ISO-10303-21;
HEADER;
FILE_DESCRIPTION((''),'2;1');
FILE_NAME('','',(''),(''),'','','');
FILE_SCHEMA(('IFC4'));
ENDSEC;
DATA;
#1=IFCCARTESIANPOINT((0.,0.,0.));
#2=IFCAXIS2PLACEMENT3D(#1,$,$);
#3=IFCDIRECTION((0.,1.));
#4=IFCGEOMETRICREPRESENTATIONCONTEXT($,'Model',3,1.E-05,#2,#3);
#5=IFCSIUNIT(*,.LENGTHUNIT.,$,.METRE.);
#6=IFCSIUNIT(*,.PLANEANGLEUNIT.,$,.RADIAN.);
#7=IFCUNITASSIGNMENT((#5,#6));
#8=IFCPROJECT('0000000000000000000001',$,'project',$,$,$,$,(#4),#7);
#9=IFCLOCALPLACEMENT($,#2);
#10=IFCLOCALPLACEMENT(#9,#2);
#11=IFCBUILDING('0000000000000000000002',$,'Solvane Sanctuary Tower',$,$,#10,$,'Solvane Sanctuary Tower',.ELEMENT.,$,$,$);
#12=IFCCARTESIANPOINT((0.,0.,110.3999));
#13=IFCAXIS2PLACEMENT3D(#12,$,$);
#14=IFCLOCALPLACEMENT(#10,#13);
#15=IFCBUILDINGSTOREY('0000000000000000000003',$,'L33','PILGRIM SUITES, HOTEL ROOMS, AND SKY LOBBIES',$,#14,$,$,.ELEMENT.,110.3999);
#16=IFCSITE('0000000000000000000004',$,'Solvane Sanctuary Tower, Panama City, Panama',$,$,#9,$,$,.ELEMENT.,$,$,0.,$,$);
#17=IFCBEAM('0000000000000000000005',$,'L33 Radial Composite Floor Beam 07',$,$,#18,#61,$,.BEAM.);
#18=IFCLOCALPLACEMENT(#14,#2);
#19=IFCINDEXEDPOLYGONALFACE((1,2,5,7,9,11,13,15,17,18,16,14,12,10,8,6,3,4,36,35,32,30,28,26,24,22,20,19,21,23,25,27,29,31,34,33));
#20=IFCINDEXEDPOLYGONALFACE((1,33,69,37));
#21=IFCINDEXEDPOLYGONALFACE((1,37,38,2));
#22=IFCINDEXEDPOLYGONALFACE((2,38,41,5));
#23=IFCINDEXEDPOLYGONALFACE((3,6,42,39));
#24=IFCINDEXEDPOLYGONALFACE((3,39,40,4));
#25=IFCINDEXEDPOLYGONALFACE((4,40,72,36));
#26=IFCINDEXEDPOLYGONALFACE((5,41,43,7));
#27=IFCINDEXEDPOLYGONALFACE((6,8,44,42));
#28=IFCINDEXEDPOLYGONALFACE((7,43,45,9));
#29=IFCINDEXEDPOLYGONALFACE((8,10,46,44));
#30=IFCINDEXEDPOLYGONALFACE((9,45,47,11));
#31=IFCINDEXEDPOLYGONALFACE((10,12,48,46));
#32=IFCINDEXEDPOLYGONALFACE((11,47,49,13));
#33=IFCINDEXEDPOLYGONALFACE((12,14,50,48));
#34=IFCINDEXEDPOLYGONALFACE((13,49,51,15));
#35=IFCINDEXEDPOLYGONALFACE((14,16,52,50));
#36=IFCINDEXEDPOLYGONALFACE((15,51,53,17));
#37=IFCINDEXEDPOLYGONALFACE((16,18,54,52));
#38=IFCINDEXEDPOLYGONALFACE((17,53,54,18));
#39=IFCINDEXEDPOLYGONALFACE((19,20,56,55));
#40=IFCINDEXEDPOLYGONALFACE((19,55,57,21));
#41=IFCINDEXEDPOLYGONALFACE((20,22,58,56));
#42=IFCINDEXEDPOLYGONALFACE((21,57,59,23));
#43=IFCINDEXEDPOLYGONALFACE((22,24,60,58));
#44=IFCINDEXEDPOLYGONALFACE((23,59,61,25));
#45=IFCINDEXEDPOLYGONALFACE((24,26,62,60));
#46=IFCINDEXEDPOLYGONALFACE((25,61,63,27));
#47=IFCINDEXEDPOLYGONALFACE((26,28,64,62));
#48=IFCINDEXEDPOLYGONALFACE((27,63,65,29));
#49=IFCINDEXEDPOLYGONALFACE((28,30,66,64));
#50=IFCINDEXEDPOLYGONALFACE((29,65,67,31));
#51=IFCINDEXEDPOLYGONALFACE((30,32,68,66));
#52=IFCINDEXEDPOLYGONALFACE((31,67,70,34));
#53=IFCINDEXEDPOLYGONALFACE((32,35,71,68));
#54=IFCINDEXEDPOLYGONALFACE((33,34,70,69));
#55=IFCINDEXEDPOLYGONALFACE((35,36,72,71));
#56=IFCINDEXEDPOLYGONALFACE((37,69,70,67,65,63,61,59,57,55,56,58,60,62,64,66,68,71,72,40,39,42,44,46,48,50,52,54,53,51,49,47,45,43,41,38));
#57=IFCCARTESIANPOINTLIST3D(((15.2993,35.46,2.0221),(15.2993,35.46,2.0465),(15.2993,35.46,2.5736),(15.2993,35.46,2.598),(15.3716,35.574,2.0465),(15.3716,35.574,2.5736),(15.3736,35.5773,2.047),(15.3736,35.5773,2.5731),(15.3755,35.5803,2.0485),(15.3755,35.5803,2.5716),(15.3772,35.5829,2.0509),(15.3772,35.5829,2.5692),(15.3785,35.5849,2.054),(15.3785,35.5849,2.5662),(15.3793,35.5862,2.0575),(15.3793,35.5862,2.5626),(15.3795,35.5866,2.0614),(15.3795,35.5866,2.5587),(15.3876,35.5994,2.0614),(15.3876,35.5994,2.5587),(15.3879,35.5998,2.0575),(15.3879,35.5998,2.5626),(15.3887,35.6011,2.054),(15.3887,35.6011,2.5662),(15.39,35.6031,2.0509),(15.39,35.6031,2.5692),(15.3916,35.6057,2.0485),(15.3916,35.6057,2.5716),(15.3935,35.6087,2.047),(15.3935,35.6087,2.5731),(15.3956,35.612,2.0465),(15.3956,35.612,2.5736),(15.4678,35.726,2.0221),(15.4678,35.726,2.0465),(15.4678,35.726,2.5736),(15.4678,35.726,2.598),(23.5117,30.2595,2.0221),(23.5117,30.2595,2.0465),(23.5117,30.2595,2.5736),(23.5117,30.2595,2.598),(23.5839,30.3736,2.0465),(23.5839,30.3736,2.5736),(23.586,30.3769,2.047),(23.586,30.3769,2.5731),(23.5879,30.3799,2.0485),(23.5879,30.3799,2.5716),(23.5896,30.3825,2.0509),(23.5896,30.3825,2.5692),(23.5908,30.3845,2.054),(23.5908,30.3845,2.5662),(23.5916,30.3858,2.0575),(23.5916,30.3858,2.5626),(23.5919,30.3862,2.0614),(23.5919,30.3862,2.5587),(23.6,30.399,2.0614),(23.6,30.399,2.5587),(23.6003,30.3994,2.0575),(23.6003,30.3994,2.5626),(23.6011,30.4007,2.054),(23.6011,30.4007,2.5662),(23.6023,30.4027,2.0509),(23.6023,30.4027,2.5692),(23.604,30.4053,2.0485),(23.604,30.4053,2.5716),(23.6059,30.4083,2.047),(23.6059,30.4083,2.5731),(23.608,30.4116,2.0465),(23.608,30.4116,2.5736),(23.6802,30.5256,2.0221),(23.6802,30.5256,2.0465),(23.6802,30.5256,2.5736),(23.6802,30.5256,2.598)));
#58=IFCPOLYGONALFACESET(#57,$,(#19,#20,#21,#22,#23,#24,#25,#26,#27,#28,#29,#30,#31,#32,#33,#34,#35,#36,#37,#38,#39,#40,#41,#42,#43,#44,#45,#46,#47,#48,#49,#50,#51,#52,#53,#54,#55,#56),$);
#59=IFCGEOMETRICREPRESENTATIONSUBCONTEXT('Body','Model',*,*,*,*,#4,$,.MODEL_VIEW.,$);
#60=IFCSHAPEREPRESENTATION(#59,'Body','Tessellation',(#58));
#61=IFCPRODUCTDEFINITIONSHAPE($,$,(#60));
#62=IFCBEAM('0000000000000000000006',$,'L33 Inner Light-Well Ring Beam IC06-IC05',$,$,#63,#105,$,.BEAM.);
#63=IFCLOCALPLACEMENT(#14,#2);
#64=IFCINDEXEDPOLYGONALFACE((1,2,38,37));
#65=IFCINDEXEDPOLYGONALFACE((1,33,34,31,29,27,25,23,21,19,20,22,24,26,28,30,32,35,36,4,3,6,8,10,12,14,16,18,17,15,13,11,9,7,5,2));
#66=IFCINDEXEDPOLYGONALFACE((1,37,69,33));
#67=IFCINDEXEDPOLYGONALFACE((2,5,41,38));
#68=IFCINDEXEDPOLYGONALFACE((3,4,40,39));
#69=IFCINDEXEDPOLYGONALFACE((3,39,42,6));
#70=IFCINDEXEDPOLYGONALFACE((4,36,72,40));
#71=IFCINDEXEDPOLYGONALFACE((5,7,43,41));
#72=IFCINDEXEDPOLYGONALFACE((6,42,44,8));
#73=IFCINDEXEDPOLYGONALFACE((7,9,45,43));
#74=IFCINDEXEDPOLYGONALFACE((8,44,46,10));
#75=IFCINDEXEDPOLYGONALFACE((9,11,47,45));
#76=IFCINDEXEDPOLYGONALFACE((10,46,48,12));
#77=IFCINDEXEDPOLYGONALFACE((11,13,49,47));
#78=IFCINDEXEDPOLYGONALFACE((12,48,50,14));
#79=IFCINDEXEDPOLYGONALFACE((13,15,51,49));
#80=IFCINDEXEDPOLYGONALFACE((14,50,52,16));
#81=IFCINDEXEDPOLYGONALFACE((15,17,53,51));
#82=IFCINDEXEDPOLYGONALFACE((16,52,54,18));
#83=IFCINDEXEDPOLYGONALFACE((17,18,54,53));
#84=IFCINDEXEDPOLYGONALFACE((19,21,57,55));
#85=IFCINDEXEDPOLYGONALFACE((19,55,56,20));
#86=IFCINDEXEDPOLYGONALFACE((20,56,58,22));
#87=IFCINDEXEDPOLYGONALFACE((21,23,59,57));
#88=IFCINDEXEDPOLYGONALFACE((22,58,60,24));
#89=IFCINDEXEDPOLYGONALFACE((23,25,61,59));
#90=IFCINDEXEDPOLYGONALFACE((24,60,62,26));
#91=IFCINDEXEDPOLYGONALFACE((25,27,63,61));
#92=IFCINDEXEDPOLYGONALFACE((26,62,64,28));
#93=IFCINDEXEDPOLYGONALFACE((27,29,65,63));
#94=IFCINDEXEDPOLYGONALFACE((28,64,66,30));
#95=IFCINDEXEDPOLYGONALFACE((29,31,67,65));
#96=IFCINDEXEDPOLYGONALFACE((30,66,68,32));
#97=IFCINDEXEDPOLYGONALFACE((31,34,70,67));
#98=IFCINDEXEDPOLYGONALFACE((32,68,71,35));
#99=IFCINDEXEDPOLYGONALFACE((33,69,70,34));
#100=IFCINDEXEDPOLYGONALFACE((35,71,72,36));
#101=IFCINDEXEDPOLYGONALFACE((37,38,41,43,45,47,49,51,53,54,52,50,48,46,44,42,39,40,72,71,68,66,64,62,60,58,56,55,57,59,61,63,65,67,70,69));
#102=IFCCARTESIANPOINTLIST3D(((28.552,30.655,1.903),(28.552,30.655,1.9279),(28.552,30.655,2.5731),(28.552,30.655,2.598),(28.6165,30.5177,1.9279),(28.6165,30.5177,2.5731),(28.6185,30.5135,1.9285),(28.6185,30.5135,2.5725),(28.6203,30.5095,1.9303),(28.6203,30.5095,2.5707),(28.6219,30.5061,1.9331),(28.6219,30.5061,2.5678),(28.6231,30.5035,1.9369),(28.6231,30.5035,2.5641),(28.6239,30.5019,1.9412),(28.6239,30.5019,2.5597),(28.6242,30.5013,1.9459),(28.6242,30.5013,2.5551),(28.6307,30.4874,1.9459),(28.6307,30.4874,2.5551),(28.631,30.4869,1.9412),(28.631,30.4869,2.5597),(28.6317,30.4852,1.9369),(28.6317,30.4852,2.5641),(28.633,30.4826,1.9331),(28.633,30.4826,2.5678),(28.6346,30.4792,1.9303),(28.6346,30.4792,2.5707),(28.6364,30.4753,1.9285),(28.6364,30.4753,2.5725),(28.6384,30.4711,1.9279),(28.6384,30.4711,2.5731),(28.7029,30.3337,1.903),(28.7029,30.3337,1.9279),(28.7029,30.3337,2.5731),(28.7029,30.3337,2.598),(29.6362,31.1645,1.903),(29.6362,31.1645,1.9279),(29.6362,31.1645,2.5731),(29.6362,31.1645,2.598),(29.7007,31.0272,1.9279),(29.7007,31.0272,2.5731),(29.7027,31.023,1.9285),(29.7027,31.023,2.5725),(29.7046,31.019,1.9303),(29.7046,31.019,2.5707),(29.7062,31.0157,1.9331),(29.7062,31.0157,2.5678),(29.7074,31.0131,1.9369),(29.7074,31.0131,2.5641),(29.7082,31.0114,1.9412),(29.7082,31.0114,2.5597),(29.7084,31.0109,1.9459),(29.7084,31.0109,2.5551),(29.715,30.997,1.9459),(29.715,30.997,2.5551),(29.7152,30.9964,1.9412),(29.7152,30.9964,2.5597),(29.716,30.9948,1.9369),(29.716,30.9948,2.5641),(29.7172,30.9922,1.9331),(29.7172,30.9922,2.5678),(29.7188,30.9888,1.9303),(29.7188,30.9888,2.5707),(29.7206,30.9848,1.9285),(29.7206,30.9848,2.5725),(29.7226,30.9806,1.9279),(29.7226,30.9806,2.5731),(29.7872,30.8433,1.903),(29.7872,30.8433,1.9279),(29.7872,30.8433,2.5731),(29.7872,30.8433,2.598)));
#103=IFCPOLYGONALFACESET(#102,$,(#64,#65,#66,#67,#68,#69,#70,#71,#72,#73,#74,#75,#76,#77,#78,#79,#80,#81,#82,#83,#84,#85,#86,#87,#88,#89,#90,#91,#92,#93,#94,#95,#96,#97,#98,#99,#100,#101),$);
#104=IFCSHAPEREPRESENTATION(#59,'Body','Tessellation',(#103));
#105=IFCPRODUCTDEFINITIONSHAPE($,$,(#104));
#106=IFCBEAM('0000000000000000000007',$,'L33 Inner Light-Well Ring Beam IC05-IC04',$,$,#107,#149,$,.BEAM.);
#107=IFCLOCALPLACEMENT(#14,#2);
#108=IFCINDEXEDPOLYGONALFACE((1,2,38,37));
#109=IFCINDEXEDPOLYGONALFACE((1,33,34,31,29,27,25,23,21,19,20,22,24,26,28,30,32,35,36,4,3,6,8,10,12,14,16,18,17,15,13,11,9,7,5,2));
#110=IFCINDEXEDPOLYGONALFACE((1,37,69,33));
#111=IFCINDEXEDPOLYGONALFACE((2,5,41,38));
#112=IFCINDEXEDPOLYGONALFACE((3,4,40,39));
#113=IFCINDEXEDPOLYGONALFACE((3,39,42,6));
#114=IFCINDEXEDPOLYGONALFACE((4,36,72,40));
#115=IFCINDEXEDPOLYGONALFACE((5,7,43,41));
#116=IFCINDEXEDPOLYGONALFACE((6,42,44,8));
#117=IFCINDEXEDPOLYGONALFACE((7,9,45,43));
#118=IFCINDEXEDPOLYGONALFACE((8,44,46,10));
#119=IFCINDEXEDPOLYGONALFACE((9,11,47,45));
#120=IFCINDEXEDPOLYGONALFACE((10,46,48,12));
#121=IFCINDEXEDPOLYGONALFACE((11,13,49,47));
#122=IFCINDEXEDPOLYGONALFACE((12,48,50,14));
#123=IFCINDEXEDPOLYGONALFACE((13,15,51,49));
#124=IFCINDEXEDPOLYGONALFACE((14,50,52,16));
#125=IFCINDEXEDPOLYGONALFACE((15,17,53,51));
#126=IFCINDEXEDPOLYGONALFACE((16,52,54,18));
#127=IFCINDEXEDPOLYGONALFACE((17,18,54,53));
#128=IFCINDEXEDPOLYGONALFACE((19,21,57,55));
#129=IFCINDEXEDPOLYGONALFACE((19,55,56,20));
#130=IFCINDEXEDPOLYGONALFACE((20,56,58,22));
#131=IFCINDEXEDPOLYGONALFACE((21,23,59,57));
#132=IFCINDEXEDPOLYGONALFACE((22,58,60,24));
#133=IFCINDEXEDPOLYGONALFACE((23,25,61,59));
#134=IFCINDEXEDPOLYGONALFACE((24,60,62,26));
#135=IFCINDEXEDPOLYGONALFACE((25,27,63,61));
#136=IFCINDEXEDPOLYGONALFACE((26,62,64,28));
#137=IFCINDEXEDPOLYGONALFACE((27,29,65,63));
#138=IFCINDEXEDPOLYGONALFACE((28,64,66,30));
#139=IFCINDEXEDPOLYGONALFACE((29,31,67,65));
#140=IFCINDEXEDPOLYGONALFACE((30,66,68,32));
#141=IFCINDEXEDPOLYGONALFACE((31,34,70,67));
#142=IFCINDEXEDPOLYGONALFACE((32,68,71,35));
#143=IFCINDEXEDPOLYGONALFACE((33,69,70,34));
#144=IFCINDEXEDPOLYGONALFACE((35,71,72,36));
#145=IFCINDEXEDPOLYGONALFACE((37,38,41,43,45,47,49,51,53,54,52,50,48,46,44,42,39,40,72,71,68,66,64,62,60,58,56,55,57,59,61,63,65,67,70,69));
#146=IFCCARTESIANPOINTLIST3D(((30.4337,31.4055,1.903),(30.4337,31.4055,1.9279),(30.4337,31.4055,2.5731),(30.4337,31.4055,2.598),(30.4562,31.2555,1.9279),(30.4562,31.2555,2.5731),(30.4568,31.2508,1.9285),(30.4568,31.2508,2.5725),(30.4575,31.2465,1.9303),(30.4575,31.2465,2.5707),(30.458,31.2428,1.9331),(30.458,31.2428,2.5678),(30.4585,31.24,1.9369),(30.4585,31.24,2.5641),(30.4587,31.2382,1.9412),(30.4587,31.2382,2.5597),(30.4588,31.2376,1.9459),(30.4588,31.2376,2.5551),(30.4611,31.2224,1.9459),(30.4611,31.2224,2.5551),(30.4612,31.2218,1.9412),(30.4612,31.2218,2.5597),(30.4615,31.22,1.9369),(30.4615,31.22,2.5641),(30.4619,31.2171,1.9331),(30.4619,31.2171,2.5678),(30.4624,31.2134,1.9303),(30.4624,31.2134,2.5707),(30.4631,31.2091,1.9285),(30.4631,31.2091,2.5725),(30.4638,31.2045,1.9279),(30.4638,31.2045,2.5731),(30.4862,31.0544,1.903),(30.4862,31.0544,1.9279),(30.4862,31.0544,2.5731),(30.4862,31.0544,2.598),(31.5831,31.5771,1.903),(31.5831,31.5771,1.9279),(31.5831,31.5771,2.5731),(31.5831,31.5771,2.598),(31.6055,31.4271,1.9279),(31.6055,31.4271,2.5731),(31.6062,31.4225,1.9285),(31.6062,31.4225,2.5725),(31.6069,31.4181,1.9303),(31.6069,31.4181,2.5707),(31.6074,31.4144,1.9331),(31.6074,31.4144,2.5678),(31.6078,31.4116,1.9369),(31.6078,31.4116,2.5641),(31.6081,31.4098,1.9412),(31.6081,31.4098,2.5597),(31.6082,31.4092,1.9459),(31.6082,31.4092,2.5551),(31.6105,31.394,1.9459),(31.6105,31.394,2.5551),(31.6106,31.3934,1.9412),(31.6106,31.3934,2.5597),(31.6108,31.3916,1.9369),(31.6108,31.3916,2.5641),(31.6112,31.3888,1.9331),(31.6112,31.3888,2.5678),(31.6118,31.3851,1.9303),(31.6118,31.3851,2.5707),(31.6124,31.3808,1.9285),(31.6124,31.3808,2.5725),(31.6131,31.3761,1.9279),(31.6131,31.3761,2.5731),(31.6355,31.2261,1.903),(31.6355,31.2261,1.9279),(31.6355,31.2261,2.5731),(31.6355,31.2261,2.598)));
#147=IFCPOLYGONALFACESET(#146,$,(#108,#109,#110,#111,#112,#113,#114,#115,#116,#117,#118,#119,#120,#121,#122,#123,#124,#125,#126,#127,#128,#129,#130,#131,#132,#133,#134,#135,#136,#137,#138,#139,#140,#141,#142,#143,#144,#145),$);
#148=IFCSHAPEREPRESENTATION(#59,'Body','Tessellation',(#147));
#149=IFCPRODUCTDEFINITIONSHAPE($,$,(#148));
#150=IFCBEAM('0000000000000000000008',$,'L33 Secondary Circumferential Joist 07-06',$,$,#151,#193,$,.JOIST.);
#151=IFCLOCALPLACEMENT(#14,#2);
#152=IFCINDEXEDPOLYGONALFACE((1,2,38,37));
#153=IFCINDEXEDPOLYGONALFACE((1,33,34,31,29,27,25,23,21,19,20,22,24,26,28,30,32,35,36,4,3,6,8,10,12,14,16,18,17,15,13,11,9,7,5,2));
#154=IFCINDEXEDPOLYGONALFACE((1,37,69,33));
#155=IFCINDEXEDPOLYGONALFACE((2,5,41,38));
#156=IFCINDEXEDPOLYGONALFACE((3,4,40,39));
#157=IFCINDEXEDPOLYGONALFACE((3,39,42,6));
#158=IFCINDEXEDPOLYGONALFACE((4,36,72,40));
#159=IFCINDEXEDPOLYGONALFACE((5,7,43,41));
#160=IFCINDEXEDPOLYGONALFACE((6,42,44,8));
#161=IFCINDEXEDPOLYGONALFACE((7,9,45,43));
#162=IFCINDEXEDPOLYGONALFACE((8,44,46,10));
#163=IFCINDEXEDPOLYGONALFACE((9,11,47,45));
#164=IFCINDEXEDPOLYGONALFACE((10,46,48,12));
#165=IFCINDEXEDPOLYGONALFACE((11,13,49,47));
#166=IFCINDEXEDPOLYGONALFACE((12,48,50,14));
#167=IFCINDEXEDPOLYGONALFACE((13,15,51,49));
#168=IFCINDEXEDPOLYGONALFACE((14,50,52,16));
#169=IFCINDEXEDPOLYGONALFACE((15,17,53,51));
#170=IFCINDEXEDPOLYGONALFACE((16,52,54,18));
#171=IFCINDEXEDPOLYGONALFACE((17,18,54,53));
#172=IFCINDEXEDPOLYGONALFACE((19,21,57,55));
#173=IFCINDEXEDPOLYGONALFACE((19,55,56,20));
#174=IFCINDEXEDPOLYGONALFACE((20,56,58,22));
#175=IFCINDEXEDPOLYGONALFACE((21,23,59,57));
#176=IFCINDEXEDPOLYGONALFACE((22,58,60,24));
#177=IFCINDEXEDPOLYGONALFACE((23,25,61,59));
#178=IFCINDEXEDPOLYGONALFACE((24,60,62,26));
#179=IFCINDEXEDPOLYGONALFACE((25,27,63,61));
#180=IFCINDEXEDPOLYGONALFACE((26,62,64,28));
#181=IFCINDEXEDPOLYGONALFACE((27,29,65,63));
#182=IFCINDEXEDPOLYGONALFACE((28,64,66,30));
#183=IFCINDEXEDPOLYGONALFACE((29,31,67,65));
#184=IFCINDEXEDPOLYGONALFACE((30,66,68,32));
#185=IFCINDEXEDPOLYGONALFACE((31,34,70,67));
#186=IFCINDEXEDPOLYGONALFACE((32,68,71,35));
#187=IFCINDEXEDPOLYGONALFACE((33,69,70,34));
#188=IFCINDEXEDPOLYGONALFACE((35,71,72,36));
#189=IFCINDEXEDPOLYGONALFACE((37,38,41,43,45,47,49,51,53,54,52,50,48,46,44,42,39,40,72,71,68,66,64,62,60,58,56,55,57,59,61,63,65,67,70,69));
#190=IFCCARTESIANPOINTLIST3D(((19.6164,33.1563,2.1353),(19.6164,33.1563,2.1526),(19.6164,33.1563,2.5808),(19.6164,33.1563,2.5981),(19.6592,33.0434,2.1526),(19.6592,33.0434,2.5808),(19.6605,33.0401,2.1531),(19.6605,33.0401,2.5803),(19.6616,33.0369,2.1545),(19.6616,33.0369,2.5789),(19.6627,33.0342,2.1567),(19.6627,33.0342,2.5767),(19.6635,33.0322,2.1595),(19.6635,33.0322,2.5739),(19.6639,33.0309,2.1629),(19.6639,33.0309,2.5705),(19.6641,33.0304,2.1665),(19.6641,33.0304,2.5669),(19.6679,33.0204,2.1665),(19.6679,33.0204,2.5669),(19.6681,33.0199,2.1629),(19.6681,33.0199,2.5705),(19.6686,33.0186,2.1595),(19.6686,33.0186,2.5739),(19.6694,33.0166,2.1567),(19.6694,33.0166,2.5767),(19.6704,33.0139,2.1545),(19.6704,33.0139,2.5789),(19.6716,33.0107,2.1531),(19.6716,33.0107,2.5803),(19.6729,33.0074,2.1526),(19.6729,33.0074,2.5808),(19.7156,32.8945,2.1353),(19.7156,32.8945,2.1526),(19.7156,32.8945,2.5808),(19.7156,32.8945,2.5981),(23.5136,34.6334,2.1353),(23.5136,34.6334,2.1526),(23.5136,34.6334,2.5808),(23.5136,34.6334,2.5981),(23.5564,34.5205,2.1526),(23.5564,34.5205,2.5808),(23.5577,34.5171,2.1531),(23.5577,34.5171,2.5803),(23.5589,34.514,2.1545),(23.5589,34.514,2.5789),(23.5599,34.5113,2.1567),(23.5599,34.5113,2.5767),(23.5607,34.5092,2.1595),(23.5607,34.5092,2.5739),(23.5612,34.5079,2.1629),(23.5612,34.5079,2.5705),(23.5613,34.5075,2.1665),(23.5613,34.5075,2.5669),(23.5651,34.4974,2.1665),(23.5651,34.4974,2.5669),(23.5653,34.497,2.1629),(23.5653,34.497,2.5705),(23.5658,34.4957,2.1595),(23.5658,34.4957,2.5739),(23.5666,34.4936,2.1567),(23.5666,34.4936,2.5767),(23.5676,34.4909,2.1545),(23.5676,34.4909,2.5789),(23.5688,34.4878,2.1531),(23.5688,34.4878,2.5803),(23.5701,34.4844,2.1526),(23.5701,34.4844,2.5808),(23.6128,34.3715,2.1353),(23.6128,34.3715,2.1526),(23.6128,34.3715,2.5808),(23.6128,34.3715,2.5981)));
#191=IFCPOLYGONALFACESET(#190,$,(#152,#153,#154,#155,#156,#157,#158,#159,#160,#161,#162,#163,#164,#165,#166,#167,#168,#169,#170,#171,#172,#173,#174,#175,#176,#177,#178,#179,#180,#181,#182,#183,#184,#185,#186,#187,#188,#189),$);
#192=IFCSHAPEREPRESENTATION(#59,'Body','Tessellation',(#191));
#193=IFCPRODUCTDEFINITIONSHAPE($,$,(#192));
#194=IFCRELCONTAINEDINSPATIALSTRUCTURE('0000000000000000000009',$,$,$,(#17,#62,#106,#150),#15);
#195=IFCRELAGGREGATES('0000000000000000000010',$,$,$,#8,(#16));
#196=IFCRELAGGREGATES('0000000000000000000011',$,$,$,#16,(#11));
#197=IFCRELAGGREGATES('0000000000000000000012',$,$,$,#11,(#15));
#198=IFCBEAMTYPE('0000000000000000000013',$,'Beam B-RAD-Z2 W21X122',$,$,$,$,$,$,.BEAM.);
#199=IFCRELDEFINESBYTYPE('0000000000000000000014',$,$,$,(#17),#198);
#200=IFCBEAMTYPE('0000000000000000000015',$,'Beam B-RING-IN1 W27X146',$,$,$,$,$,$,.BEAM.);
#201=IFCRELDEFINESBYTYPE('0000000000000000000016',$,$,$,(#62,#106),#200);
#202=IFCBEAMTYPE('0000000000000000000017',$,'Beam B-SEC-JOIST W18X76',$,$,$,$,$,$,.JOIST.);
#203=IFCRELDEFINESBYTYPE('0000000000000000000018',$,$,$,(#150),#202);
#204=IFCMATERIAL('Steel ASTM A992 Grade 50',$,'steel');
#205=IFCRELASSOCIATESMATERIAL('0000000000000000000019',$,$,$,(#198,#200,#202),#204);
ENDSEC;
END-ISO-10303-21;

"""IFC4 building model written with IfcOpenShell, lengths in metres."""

from ifc_helpers import new_model, si_unit, direction, frame, origin, origin_2d, place, context, subcontext, project, spatial, i_section, extrude, material, material_profile, profile_set, type_object, element, save


model = new_model("IFC4")

# Units and contexts
model_context = context("Model", 3, precision=1e-05, world=origin(), true_north=direction((0.0, 1.0)))
body_context = subcontext(model_context, "Body", "Model", "MODEL_VIEW")
ifc_project = project(units=[si_unit("LENGTHUNIT", "METRE"), si_unit("PLANEANGLEUNIT", "RADIAN")], contexts=[model_context])

# Site, building, storey
site_placement = place(None, origin())
site = spatial("IfcSite", under=ifc_project, at=site_placement, Name="Solvane Sanctuary Tower, Panama City, Panama", CompositionType="ELEMENT", RefElevation=0.0)
building_placement = place(site_placement, origin())
building = spatial("IfcBuilding", under=site, at=building_placement, Name="Solvane Sanctuary Tower", LongName="Solvane Sanctuary Tower", CompositionType="ELEMENT")
storey_placement = place(building_placement, frame((0.0, 0.0, 110.3999)))
storey = spatial("IfcBuildingStorey", under=building, at=storey_placement, Name="L33", Description="PILGRIM SUITES, HOTEL ROOMS, AND SKY LOBBIES", CompositionType="ELEMENT", Elevation=110.3999)

# Beams
ifc_material_1 = material(Name="Steel ASTM A992 Grade 50", Category="steel")
ifc_material_profile_1 = material_profile(ifc_material_1, i_section(OverallWidth=0.3149, OverallDepth=0.5759, WebThickness=0.0151, FlangeThickness=0.0244, FilletRadius=0.0149, at=origin_2d()), Name="W21X122")
ifc_profile_set_1 = profile_set([ifc_material_profile_1], Name="Steel ASTM A992 Grade 50")
beam_type_1 = type_object("IfcBeamType", Name="Beam B-RAD-Z2 W21X122", PredefinedType="BEAM", material=ifc_profile_set_1)
beam_1_placement = place(storey_placement, frame((23.5959, 30.3926, 2.3101), z_axis=(-0.844854, 0.534997, 0.0), x_axis=(-0.534997, -0.844854, 0.0)))
element("IfcBeam", 1, at=beam_1_placement, inside=storey, type_object=beam_type_1, Name="L33 Radial Composite Floor Beam 07", PredefinedType="BEAM", context=body_context, shape_type="SweptSolid", body=[
    extrude(i_section(OverallWidth=0.3149, OverallDepth=0.5759, WebThickness=0.0151, FlangeThickness=0.0244, FilletRadius=0.0149, at=origin_2d()), origin(), (0.0, 0.0, 1.0), 9.7205),
])
ifc_material_profile_2 = material_profile(ifc_material_1, i_section(OverallWidth=0.355, OverallDepth=0.6951, WebThickness=0.0154, FlangeThickness=0.0249, FilletRadius=0.0181, at=origin_2d()), Name="W27X146")
ifc_profile_set_2 = profile_set([ifc_material_profile_2], Name="Steel ASTM A992 Grade 50")
beam_type_2 = type_object("IfcBeamType", Name="Beam B-RING-IN1 W27X146", PredefinedType="BEAM", material=ifc_profile_set_2)
beam_2_placement = place(storey_placement, frame((28.6274, 30.4944, 2.2505), z_axis=(0.905045, 0.425316, 0.0), x_axis=(-0.425316, 0.905045, 0.0)))
element("IfcBeam", 2, at=beam_2_placement, inside=storey, type_object=beam_type_2, Name="L33 Inner Light-Well Ring Beam IC06-IC05", PredefinedType="BEAM", context=body_context, shape_type="SweptSolid", body=[
    extrude(i_section(OverallWidth=0.355, OverallDepth=0.6951, WebThickness=0.0154, FlangeThickness=0.0249, FilletRadius=0.0181, at=origin_2d()), origin(), (0.0, 0.0, 1.0), 1.198),
])
beam_3_placement = place(storey_placement, frame((30.46, 31.23, 2.2505), z_axis=(0.989035, 0.147683, 0.0), x_axis=(-0.147683, 0.989035, 0.0)))
element("IfcBeam", 3, at=beam_3_placement, inside=storey, type_object=beam_type_2, Name="L33 Inner Light-Well Ring Beam IC05-IC04", PredefinedType="BEAM", context=body_context, shape_type="SweptSolid", body=[
    extrude(i_section(OverallWidth=0.355, OverallDepth=0.6951, WebThickness=0.0154, FlangeThickness=0.0249, FilletRadius=0.0181, at=origin_2d()), origin(), (0.0, 0.0, 1.0), 1.1621),
])
ifc_material_profile_3 = material_profile(ifc_material_1, i_section(OverallWidth=0.28, OverallDepth=0.4629, WebThickness=0.0107, FlangeThickness=0.0173, FilletRadius=0.0139, at=origin_2d()), Name="W18X76")
ifc_profile_set_3 = profile_set([ifc_material_profile_3], Name="Steel ASTM A992 Grade 50")
beam_type_3 = type_object("IfcBeamType", Name="Beam B-SEC-JOIST W18X76", PredefinedType="JOIST", material=ifc_profile_set_3)
beam_4_placement = place(storey_placement, frame((19.666, 33.0254, 2.3667), z_axis=(0.935093, 0.354402, 0.0), x_axis=(-0.354402, 0.935093, 0.0)))
element("IfcBeam", 4, at=beam_4_placement, inside=storey, type_object=beam_type_3, Name="L33 Secondary Circumferential Joist 07-06", PredefinedType="JOIST", context=body_context, shape_type="SweptSolid", body=[
    extrude(i_section(OverallWidth=0.28, OverallDepth=0.4629, WebThickness=0.0107, FlangeThickness=0.0173, FilletRadius=0.0139, at=origin_2d()), origin(), (0.0, 0.0, 1.0), 4.1677),
])

save(model, "model.ifc")
